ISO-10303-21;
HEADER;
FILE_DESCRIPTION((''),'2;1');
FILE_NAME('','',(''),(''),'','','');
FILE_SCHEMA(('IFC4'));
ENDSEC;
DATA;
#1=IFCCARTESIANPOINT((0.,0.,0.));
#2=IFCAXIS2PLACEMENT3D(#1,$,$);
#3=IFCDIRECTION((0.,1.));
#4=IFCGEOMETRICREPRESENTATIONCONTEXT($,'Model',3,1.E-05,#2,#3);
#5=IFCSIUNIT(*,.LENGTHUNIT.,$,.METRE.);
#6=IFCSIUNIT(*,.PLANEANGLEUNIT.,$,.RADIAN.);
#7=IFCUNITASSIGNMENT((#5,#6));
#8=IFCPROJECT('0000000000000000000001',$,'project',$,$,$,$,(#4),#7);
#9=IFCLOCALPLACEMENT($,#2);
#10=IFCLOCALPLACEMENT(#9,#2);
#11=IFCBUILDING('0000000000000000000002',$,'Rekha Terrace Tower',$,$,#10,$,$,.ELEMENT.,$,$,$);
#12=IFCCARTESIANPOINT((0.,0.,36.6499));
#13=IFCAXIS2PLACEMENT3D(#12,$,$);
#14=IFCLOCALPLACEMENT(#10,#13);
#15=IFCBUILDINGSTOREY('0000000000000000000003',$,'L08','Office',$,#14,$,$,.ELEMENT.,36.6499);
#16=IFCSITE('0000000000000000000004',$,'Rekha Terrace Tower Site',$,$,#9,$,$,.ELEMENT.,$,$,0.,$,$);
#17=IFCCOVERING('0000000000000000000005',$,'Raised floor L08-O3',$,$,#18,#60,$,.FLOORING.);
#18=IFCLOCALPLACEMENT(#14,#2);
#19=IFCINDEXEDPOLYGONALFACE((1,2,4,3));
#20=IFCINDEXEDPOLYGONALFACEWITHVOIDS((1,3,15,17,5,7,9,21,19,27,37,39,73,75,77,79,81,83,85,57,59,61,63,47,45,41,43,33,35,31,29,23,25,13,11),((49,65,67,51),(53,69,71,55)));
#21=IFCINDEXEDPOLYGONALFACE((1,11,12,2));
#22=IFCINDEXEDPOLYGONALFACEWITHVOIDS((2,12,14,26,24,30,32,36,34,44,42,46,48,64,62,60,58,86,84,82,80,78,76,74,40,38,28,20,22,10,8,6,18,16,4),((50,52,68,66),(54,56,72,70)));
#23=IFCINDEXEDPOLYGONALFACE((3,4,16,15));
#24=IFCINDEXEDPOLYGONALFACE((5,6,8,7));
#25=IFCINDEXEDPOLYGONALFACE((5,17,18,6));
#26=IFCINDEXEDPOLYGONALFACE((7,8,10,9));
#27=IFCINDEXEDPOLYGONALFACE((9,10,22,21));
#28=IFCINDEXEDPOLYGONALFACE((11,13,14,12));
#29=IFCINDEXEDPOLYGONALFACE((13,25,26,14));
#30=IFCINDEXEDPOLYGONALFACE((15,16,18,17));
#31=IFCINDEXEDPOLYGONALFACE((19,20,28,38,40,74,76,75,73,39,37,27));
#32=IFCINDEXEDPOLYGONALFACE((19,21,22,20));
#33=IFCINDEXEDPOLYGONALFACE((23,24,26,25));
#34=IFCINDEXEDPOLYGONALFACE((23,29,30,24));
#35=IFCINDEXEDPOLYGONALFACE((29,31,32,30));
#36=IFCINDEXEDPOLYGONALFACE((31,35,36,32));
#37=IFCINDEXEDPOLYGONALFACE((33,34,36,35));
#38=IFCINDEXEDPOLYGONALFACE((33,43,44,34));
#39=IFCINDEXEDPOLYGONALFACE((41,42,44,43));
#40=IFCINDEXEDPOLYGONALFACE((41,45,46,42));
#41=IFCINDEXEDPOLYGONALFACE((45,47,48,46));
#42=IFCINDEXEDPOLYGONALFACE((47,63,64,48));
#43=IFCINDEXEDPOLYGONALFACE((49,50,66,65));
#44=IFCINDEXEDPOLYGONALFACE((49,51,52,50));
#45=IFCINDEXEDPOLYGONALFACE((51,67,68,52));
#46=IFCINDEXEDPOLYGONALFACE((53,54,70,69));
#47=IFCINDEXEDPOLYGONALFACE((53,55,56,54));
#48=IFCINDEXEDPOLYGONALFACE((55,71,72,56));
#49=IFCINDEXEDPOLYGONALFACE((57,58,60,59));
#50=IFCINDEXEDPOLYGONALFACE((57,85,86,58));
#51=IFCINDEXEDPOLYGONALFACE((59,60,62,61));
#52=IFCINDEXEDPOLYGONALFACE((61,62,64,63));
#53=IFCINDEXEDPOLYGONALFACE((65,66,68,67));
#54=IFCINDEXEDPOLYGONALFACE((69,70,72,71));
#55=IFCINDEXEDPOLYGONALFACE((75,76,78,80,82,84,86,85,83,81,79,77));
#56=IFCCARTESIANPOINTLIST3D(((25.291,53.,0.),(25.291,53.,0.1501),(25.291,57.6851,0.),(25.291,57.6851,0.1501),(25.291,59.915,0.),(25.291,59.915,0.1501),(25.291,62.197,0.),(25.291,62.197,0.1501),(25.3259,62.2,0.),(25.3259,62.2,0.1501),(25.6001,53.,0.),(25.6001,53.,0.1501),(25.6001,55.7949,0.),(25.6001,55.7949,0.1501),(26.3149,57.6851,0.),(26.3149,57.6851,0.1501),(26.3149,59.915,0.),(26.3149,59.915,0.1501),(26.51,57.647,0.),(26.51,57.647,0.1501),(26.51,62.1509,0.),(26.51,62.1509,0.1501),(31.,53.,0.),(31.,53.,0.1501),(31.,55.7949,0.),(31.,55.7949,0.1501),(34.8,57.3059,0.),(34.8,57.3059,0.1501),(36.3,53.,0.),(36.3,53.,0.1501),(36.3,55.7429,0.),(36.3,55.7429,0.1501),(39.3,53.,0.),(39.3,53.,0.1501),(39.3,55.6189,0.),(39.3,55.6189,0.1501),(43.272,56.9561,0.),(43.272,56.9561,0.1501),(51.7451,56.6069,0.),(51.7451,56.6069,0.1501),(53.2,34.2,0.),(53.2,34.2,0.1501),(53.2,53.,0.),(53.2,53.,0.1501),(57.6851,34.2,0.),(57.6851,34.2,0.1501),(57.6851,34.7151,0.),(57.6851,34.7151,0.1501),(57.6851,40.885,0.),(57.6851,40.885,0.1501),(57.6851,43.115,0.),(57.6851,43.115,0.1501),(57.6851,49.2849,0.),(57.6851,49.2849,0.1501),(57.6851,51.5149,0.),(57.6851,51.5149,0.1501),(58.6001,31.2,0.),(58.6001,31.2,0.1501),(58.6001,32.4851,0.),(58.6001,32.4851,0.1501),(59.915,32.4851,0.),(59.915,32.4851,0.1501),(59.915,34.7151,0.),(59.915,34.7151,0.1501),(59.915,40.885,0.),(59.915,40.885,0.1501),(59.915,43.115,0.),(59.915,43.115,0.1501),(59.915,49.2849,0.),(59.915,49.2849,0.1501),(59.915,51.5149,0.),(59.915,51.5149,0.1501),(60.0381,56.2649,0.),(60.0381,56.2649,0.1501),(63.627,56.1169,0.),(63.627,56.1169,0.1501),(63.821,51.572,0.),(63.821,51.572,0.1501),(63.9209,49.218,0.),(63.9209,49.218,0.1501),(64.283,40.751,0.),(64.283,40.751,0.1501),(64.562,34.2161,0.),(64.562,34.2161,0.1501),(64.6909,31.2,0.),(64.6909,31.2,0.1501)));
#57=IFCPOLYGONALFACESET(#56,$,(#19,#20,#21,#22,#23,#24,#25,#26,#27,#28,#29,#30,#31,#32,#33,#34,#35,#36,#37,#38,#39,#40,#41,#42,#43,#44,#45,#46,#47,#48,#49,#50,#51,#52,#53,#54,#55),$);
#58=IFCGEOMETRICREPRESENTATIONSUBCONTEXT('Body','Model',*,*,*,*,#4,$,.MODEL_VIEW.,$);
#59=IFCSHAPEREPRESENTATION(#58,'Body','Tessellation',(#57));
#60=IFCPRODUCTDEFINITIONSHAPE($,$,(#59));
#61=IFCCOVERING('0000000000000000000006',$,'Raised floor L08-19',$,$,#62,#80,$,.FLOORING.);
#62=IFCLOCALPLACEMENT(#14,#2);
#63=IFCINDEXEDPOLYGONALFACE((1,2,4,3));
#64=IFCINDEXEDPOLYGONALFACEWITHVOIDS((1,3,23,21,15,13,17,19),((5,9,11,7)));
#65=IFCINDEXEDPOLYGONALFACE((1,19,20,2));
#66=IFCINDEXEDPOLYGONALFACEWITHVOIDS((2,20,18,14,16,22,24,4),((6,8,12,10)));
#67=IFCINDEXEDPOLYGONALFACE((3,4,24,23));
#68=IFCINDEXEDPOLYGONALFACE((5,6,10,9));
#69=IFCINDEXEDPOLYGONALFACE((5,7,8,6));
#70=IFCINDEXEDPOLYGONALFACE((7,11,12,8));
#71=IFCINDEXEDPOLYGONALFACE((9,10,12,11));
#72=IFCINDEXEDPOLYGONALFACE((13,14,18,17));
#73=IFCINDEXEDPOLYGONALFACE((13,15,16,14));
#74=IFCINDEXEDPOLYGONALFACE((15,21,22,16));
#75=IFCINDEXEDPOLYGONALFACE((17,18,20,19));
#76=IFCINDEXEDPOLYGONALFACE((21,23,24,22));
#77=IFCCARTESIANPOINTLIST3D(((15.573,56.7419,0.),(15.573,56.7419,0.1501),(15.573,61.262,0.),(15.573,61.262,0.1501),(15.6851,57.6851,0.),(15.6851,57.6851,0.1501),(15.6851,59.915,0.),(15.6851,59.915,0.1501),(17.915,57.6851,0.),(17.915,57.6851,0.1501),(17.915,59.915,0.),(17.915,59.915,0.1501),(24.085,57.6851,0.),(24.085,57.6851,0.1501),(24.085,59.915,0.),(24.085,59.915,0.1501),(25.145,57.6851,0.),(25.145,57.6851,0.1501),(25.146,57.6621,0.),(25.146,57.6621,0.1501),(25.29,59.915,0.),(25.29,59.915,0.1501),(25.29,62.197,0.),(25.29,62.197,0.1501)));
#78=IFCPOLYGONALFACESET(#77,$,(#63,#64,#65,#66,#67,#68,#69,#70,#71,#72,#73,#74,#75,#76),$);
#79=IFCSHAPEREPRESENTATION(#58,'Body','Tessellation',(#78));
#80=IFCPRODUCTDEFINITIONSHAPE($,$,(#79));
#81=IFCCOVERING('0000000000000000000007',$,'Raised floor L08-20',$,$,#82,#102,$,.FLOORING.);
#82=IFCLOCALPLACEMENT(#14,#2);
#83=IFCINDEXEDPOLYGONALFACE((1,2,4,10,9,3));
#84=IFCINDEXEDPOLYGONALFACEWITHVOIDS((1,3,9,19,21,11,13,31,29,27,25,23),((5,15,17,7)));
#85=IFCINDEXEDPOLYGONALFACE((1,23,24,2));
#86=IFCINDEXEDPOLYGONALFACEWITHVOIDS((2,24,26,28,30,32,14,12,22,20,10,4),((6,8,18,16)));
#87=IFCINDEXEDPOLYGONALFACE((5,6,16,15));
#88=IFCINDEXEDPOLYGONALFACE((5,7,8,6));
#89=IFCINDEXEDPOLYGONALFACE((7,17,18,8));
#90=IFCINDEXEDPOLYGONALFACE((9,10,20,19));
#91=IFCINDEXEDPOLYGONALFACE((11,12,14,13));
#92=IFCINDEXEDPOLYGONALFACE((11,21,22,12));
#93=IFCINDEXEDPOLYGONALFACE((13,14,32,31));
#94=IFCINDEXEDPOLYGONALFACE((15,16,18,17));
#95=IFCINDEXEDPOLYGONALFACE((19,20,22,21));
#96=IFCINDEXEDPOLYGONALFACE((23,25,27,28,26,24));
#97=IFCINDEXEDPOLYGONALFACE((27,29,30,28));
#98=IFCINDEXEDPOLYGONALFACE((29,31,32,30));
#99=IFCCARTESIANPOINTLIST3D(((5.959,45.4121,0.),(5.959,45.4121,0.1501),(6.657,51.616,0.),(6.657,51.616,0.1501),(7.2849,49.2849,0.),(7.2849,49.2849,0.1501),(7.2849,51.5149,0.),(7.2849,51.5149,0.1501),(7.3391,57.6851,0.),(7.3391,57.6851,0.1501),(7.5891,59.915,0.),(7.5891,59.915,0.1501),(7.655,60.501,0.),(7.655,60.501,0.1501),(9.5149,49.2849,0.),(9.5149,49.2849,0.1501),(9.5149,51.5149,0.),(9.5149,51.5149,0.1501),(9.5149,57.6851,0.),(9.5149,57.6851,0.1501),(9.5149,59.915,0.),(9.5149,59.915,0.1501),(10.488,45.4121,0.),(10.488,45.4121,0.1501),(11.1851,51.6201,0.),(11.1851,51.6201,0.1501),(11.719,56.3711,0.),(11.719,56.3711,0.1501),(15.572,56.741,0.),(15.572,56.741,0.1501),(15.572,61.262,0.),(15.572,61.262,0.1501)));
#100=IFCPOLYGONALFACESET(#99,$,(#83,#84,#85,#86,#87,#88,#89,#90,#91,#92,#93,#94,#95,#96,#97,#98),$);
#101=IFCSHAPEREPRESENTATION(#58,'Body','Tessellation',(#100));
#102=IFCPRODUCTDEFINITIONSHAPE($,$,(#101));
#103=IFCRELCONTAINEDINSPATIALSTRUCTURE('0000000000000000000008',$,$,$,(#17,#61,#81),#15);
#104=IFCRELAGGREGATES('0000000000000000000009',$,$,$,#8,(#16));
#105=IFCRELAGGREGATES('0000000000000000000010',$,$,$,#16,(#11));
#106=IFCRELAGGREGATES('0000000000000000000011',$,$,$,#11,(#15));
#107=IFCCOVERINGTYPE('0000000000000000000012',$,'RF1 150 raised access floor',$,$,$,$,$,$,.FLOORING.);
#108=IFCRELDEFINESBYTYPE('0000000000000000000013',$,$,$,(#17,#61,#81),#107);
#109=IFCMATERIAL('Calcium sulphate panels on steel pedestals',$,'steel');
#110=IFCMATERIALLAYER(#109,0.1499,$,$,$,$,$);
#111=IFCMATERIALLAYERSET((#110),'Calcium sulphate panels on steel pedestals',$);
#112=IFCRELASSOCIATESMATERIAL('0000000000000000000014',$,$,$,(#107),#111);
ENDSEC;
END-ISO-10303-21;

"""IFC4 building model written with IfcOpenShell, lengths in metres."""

from ifc_helpers import new_model, si_unit, direction, frame, origin, place, context, subcontext, project, spatial, polyline, outline, extrude, material, layer, layer_set, type_object, element, save


model = new_model("IFC4")

# Units and contexts
model_context = context("Model", 3, precision=1e-05, world=origin(), true_north=direction((0.0, 1.0)))
body_context = subcontext(model_context, "Body", "Model", "MODEL_VIEW")
ifc_project = project(units=[si_unit("LENGTHUNIT", "METRE"), si_unit("PLANEANGLEUNIT", "RADIAN")], contexts=[model_context])

# Site, building, storey
site_placement = place(None, origin())
site = spatial("IfcSite", under=ifc_project, at=site_placement, Name="Rekha Terrace Tower Site", CompositionType="ELEMENT", RefElevation=0.0)
building_placement = place(site_placement, origin())
building = spatial("IfcBuilding", under=site, at=building_placement, Name="Rekha Terrace Tower", CompositionType="ELEMENT")
storey_placement = place(building_placement, frame((0.0, 0.0, 36.6499)))
storey = spatial("IfcBuildingStorey", under=building, at=storey_placement, Name="L08", Description="Office", CompositionType="ELEMENT", Elevation=36.6499)

# Coverings
ifc_material_1 = material(Name="Calcium sulphate panels on steel pedestals", Category="steel")
ifc_layer_1 = layer(ifc_material_1, 0.1499)
ifc_layer_set_1 = layer_set([ifc_layer_1], Name="Calcium sulphate panels on steel pedestals")
covering_type_1 = type_object("IfcCoveringType", Name="RF1 150 raised access floor", PredefinedType="FLOORING", material=ifc_layer_set_1)
covering_1_placement = place(storey_placement, origin())
element("IfcCovering", 1, at=covering_1_placement, inside=storey, type_object=covering_type_1, Name="Raised floor L08-O3", PredefinedType="FLOORING", context=body_context, shape_type="SweptSolid", body=[
    extrude(outline(polyline([(43.272, 56.9561), (34.8, 57.3059), (26.51, 57.647), (26.51, 62.1509), (25.3259, 62.2), (25.291, 62.197), (25.291, 59.915), (26.3149, 59.915), (26.3149, 57.6851), (25.291, 57.6851), (25.291, 53.0), (25.6001, 53.0), (25.6001, 55.7949), (31.0, 55.7949), (31.0, 53.0), (36.3, 53.0), (36.3, 55.7429), (39.3, 55.6189), (39.3, 53.0), (53.2, 53.0), (53.2, 34.2), (57.6851, 34.2), (57.6851, 34.7151), (59.915, 34.7151), (59.915, 32.4851), (58.6001, 32.4851), (58.6001, 31.2), (64.6909, 31.2), (64.562, 34.2161), (64.283, 40.751), (63.9209, 49.218), (63.821, 51.572), (63.627, 56.1169), (60.0381, 56.2649), (51.7451, 56.6069), (43.272, 56.9561)]), holes=[polyline([(59.915, 40.885), (57.6851, 40.885), (57.6851, 43.115), (59.915, 43.115), (59.915, 40.885)]), polyline([(59.915, 49.2849), (57.6851, 49.2849), (57.6851, 51.5149), (59.915, 51.5149), (59.915, 49.2849)])]), origin(), (0.0, 0.0, 1.0), 0.1501),
])
covering_2_placement = place(storey_placement, origin())
element("IfcCovering", 2, at=covering_2_placement, inside=storey, type_object=covering_type_1, Name="Raised floor L08-19", PredefinedType="FLOORING", context=body_context, shape_type="SweptSolid", body=[
    extrude(outline(polyline([(25.146, 57.6621), (25.145, 57.6851), (24.085, 57.6851), (24.085, 59.915), (25.29, 59.915), (25.29, 62.197), (15.573, 61.262), (15.573, 56.7419), (25.146, 57.6621)]), holes=[polyline([(17.915, 57.6851), (15.6851, 57.6851), (15.6851, 59.915), (17.915, 59.915), (17.915, 57.6851)])]), origin(), (0.0, 0.0, 1.0), 0.1501),
])
covering_3_placement = place(storey_placement, origin())
element("IfcCovering", 3, at=covering_3_placement, inside=storey, type_object=covering_type_1, Name="Raised floor L08-20", PredefinedType="FLOORING", context=body_context, shape_type="SweptSolid", body=[
    extrude(outline(polyline([(9.5149, 57.6851), (7.3391, 57.6851), (6.657, 51.616), (5.959, 45.4121), (10.488, 45.4121), (11.1851, 51.6201), (11.719, 56.3711), (15.572, 56.741), (15.572, 61.262), (7.655, 60.501), (7.5891, 59.915), (9.5149, 59.915), (9.5149, 57.6851)]), holes=[polyline([(9.5149, 51.5149), (9.5149, 49.2849), (7.2849, 49.2849), (7.2849, 51.5149), (9.5149, 51.5149)])]), origin(), (0.0, 0.0, 1.0), 0.1501),
])

save(model, "model.ifc")
